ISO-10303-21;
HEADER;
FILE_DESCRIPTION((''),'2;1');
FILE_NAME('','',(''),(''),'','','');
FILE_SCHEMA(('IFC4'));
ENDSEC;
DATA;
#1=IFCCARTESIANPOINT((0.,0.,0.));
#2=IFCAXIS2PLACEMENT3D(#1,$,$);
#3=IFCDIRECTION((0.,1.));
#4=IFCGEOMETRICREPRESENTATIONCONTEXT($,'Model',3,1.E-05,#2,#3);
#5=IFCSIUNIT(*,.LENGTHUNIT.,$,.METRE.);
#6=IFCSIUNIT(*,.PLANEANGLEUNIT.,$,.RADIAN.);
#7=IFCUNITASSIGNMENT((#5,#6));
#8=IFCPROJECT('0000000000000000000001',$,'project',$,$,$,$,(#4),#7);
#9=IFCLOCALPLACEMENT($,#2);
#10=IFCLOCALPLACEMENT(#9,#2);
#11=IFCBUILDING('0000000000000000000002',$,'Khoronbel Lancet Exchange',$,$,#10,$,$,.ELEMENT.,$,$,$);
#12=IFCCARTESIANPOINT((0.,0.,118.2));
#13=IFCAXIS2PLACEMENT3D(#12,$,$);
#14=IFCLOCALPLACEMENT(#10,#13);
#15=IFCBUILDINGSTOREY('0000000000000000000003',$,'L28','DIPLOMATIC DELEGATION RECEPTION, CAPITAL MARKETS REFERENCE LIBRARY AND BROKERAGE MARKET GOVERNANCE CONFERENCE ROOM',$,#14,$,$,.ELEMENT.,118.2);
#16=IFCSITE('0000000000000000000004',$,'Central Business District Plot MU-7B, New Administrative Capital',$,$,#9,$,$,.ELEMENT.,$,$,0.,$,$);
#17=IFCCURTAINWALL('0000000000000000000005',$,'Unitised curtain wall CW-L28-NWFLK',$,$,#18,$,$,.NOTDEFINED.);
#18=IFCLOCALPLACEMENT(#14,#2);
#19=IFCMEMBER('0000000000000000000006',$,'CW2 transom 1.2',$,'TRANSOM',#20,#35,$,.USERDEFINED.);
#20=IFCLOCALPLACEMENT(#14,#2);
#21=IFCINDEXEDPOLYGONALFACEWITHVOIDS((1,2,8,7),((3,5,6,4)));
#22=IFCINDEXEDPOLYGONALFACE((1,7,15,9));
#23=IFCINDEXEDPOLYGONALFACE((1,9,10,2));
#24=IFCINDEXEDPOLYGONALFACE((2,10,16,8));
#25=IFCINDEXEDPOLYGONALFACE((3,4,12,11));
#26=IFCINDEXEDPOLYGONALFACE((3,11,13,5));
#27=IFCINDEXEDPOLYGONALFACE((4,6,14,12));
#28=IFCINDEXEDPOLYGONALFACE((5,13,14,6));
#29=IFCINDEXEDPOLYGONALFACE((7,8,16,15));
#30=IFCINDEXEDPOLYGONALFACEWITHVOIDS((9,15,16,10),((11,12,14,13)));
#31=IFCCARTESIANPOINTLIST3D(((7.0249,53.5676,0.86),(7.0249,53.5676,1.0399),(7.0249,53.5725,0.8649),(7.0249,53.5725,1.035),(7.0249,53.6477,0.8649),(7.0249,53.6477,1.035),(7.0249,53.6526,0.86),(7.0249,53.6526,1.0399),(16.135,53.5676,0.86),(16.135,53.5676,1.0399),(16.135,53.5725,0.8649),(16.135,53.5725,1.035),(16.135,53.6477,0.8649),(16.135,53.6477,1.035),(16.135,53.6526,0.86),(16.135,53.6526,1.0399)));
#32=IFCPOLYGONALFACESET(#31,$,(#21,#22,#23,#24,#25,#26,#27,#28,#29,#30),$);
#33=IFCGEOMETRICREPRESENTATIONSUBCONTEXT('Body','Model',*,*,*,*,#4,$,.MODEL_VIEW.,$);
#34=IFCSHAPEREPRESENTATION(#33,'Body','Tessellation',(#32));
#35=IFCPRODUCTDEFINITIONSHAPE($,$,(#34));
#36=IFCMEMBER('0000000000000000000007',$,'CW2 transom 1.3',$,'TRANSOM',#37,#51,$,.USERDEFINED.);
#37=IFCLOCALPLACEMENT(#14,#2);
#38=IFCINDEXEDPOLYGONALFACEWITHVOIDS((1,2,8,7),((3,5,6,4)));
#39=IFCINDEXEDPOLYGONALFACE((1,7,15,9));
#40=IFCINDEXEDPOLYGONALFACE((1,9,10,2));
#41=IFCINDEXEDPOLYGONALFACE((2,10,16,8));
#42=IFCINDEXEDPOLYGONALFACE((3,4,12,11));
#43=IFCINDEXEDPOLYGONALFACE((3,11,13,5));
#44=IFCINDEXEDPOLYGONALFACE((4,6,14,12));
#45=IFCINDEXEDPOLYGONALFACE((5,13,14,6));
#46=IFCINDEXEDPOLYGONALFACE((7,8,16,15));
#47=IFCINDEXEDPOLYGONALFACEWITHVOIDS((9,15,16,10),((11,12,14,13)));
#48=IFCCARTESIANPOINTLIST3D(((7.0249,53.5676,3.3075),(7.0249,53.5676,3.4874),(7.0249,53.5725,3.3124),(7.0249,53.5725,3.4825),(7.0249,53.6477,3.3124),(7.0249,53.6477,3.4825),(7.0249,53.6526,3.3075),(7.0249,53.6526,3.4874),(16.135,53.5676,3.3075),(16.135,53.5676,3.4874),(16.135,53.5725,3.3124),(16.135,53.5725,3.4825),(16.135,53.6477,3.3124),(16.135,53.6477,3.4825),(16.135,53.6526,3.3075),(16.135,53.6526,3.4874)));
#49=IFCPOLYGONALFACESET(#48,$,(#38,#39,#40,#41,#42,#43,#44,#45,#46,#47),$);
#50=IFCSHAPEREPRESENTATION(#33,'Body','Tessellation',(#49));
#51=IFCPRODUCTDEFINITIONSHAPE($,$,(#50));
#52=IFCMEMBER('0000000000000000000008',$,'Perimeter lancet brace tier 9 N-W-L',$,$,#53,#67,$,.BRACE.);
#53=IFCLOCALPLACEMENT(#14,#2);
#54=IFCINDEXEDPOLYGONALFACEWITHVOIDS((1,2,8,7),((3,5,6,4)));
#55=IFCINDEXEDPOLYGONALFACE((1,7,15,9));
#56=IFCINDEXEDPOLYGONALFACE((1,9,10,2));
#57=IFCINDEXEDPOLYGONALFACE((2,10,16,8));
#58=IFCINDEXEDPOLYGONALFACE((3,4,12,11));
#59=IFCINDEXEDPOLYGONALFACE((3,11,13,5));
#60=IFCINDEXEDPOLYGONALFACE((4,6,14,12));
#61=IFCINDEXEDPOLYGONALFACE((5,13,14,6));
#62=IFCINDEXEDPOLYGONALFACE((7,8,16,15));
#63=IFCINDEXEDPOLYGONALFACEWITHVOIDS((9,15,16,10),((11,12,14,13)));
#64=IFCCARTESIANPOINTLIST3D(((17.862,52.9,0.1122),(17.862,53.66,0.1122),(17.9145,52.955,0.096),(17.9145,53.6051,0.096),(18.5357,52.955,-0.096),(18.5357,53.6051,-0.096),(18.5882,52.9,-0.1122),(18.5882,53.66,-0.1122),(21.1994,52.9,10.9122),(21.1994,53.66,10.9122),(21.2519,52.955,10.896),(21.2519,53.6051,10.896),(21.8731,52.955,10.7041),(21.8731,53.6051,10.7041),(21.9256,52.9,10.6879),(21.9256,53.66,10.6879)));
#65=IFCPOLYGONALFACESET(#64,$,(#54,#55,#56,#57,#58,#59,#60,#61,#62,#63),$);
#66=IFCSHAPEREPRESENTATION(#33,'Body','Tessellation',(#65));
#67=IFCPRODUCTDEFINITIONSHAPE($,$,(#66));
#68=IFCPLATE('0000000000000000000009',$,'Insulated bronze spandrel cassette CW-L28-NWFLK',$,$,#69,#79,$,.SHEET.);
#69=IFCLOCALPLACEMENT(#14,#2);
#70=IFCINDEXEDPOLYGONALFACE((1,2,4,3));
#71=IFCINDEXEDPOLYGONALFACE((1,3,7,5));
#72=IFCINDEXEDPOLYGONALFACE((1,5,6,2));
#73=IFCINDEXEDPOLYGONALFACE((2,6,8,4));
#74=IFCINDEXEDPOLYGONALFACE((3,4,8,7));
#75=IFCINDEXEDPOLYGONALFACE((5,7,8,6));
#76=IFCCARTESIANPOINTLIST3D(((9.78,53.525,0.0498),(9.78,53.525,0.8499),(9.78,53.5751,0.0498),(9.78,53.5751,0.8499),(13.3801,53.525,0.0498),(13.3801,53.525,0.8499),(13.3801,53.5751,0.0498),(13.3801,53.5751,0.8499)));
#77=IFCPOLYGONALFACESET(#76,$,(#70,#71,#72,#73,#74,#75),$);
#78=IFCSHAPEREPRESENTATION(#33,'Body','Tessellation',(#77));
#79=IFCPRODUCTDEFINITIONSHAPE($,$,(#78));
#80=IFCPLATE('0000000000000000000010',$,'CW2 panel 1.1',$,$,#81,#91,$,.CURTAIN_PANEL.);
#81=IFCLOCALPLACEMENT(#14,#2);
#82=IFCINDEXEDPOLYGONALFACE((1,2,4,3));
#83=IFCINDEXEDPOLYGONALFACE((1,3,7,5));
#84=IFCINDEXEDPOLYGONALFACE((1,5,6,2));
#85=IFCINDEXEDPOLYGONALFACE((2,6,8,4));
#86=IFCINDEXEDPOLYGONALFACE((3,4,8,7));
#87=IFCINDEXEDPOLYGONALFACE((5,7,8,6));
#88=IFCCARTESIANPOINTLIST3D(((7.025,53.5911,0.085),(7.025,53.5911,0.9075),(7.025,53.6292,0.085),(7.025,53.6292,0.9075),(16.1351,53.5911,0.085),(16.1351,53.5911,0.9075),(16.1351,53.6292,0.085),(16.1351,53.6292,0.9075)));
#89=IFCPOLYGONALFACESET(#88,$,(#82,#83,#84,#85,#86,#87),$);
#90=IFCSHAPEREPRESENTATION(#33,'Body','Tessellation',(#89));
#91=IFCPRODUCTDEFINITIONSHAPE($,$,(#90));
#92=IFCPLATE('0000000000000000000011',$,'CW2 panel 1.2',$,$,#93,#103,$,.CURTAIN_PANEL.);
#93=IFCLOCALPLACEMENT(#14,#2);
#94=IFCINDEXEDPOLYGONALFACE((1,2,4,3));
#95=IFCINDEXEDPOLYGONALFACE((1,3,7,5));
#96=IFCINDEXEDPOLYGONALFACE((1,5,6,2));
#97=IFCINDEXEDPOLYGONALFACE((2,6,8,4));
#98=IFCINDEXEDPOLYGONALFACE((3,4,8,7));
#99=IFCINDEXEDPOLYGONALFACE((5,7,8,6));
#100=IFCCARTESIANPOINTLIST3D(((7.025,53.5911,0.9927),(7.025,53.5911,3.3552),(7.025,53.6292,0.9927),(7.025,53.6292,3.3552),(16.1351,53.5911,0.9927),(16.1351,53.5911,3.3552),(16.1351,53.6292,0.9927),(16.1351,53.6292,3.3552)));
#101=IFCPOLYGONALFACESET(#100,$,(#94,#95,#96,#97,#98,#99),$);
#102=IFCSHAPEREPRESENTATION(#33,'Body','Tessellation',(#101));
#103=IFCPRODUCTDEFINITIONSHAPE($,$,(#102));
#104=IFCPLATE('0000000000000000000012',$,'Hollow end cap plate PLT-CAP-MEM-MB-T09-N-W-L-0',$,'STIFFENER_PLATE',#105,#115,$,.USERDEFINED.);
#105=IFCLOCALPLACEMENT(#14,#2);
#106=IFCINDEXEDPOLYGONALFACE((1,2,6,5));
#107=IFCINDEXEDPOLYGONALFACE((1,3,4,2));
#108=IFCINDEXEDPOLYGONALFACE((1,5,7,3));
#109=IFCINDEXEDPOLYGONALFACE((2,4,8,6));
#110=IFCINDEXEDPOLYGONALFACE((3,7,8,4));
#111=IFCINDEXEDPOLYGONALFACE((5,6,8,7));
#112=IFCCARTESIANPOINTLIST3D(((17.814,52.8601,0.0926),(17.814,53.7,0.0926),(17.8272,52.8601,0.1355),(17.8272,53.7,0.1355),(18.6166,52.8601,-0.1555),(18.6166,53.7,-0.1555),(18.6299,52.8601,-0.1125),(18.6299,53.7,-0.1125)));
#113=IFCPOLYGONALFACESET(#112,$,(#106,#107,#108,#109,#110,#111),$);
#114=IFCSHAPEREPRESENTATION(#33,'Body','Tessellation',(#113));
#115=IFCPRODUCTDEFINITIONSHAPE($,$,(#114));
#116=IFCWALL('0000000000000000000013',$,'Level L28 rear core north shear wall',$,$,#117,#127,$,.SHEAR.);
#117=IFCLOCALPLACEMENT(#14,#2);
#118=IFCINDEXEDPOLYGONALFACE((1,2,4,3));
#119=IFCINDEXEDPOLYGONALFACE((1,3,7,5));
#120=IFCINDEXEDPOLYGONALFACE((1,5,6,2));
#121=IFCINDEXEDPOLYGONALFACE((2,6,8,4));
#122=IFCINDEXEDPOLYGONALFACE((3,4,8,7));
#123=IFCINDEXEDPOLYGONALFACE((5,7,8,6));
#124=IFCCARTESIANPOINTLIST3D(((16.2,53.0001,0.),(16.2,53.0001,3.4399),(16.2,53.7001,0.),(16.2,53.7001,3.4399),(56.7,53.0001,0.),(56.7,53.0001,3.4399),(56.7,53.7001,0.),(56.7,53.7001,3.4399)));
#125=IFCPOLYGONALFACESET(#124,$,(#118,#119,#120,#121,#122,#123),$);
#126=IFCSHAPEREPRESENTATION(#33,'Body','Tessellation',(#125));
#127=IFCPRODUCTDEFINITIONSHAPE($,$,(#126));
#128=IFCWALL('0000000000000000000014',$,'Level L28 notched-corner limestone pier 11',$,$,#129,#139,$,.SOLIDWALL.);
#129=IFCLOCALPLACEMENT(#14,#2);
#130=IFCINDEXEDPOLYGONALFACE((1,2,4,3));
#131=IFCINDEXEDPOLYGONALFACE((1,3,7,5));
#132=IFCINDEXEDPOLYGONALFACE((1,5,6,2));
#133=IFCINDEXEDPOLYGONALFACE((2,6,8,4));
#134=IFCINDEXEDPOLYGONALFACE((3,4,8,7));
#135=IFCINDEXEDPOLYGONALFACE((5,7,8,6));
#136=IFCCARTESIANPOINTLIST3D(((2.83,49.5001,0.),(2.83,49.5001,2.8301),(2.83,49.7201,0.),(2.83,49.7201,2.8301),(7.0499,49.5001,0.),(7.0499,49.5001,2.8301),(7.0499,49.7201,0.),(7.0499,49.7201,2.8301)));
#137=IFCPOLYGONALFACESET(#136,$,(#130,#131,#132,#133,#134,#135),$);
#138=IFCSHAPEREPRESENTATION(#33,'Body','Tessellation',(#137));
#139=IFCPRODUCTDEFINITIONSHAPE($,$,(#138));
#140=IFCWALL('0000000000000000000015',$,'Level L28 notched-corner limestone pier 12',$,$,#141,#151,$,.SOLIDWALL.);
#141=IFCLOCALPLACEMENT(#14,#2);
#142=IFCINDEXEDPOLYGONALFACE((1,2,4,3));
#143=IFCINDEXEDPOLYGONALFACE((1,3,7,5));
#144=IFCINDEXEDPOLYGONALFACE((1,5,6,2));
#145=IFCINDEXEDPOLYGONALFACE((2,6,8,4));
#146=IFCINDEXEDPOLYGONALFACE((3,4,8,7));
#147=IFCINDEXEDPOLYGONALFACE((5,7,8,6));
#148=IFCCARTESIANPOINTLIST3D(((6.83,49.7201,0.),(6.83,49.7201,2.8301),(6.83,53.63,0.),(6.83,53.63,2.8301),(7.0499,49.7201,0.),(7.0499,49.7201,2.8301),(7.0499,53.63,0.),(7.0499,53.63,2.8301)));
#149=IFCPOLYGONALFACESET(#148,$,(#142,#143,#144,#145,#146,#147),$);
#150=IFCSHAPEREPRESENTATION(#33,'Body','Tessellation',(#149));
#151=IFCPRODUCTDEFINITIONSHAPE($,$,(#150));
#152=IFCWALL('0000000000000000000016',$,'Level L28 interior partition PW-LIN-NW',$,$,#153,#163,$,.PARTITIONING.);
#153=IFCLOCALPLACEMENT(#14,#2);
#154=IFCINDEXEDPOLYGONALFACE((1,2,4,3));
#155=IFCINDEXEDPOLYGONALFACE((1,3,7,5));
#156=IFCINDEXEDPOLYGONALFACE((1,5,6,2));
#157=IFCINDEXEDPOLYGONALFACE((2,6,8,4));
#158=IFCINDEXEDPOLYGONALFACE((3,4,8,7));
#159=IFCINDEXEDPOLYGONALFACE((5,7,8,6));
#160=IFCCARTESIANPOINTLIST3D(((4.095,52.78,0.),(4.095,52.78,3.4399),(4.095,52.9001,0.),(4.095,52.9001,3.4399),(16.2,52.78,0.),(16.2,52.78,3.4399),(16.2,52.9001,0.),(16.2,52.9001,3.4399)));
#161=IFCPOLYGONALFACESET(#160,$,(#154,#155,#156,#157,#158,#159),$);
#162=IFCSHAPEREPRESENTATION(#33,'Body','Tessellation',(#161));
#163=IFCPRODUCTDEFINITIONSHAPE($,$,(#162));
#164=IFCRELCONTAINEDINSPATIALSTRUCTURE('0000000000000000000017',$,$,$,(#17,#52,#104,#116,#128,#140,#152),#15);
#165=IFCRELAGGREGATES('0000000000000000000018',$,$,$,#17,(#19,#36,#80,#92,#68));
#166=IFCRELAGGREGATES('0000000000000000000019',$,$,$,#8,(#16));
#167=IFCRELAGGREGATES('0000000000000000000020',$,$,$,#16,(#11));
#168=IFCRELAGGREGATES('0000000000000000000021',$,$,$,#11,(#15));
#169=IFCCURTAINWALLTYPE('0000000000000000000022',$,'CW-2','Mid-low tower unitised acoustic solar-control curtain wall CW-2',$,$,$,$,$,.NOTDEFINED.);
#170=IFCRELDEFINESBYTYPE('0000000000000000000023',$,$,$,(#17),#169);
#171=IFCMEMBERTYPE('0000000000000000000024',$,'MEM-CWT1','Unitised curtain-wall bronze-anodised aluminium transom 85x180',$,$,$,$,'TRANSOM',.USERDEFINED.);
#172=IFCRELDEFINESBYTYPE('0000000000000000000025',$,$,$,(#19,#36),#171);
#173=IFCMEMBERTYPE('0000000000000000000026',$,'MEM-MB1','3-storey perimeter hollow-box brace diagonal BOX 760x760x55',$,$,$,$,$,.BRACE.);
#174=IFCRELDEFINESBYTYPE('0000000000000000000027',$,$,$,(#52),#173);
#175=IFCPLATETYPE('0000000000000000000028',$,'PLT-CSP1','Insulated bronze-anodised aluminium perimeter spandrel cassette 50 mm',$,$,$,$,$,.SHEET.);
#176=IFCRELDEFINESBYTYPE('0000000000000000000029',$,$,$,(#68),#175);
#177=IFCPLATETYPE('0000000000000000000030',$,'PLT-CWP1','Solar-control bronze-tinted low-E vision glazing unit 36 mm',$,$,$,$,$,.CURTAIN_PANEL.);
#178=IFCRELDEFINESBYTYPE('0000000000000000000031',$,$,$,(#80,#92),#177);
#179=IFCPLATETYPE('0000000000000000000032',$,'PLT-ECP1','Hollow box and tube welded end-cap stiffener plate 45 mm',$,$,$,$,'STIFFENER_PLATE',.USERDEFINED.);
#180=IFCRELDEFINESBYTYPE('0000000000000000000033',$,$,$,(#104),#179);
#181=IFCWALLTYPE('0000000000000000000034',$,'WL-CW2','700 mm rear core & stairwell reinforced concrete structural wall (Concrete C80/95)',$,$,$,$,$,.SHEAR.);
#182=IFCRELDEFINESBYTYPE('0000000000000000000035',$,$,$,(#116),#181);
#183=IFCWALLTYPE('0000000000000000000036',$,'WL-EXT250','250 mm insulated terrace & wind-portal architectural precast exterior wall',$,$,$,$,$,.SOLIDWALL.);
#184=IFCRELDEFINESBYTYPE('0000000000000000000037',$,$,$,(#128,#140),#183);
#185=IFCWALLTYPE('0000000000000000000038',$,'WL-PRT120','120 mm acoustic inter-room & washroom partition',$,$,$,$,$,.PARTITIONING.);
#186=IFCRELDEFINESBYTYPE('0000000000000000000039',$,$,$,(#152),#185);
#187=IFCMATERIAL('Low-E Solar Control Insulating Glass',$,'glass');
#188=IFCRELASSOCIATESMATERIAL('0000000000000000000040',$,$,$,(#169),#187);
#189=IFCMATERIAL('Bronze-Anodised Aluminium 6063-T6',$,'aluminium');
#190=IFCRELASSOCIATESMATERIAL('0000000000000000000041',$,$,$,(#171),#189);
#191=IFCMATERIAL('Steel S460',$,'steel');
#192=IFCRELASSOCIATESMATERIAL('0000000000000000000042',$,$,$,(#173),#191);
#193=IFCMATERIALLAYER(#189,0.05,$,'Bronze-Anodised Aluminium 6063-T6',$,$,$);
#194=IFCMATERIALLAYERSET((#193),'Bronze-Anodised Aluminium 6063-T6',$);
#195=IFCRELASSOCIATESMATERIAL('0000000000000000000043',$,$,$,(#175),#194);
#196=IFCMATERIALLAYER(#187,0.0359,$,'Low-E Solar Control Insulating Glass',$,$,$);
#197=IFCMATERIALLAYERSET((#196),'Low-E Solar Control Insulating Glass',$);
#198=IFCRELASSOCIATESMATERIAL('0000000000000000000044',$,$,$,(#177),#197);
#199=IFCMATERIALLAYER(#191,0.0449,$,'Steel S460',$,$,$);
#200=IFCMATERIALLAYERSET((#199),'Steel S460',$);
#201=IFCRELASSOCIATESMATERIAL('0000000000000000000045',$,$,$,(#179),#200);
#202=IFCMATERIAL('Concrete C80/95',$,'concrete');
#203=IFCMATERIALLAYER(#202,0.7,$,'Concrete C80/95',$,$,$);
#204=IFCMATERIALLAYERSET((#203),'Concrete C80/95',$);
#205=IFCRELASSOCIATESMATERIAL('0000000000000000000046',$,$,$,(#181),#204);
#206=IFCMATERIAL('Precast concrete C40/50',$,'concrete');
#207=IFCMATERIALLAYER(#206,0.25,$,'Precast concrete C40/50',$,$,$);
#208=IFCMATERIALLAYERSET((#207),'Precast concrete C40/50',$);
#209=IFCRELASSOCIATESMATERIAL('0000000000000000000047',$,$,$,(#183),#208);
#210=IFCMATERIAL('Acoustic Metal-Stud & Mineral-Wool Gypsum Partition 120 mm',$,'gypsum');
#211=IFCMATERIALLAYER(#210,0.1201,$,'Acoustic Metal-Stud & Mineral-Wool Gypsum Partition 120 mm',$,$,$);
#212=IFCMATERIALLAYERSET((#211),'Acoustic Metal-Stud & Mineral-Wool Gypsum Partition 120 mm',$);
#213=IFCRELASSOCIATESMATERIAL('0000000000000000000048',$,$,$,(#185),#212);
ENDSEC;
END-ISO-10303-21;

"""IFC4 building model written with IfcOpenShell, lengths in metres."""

from ifc_helpers import new_model, si_unit, direction, frame, frame_2d, origin, origin_2d, place, context, subcontext, project, spatial, polyline, rectangle, hollow_rectangle, outline, extrude, material, layer, layer_set, material_profile, profile_set, type_object, element, aggregate, save


model = new_model("IFC4")

# Units and contexts
model_context = context("Model", 3, precision=1e-05, world=origin(), true_north=direction((0.0, 1.0)))
body_context = subcontext(model_context, "Body", "Model", "MODEL_VIEW")
ifc_project = project(units=[si_unit("LENGTHUNIT", "METRE"), si_unit("PLANEANGLEUNIT", "RADIAN")], contexts=[model_context])

# Site, building, storey
site_placement = place(None, origin())
site = spatial("IfcSite", under=ifc_project, at=site_placement, Name="Central Business District Plot MU-7B, New Administrative Capital", CompositionType="ELEMENT", RefElevation=0.0)
building_placement = place(site_placement, origin())
building = spatial("IfcBuilding", under=site, at=building_placement, Name="Khoronbel Lancet Exchange", CompositionType="ELEMENT")
storey_placement = place(building_placement, frame((0.0, 0.0, 118.2)))
storey = spatial("IfcBuildingStorey", under=building, at=storey_placement, Name="L28", Description="DIPLOMATIC DELEGATION RECEPTION, CAPITAL MARKETS REFERENCE LIBRARY AND BROKERAGE MARKET GOVERNANCE CONFERENCE ROOM", CompositionType="ELEMENT", Elevation=118.2)

# Shared definitions
ifc_material_1 = material(Name="Steel S460", Category="steel")

# Curtain wall, members
ifc_material_2 = material(Name="Low-E Solar Control Insulating Glass", Category="glass")
curtain_wall_type = type_object("IfcCurtainWallType", Name="CW-2", Description="Mid-low tower unitised acoustic solar-control curtain wall CW-2", PredefinedType="NOTDEFINED", material=ifc_material_2)
curtain_wall_placement = place(storey_placement, origin())
curtain_wall = element("IfcCurtainWall", 1, at=curtain_wall_placement, inside=storey, type_object=curtain_wall_type, Name="Unitised curtain wall CW-L28-NWFLK", PredefinedType="NOTDEFINED")
ifc_material_3 = material(Name="Bronze-Anodised Aluminium 6063-T6", Category="aluminium")
ifc_material_profile_1 = material_profile(ifc_material_3, hollow_rectangle(XDim=0.085, YDim=0.1799, WallThickness=0.0049, at=origin_2d()), Name="ALU TRANSOM 85x180")
ifc_profile_set_1 = profile_set([ifc_material_profile_1], Name="Bronze-Anodised Aluminium 6063-T6")
member_type_1 = type_object("IfcMemberType", Name="MEM-CWT1", Description="Unitised curtain-wall bronze-anodised aluminium transom 85x180", ElementType="TRANSOM", PredefinedType="USERDEFINED", material=ifc_profile_set_1)
member_1_placement = place(storey_placement, frame((16.135, 53.6101, 0.95), z_axis=(-1.0, 0.0, 0.0), x_axis=(0.0, -1.0, 0.0)))
member_1 = element("IfcMember", 2, at=member_1_placement, type_object=member_type_1, Name="CW2 transom 1.2", ObjectType="TRANSOM", PredefinedType="USERDEFINED", context=body_context, shape_type="SweptSolid", body=[
    extrude(hollow_rectangle(XDim=0.085, YDim=0.1799, WallThickness=0.0049, at=origin_2d()), origin(), (0.0, 0.0, 1.0), 9.1101),
])
member_2_placement = place(storey_placement, frame((16.135, 53.6101, 3.3975), z_axis=(-1.0, 0.0, 0.0), x_axis=(0.0, -1.0, 0.0)))
member_2 = element("IfcMember", 3, at=member_2_placement, type_object=member_type_1, Name="CW2 transom 1.3", ObjectType="TRANSOM", PredefinedType="USERDEFINED", context=body_context, shape_type="SweptSolid", body=[
    extrude(hollow_rectangle(XDim=0.085, YDim=0.1799, WallThickness=0.0049, at=origin_2d()), origin(), (0.0, 0.0, 1.0), 9.1101),
])

# Member
ifc_material_profile_2 = material_profile(ifc_material_1, hollow_rectangle(XDim=0.76, YDim=0.76, WallThickness=0.0549, at=origin_2d()), Name="BOX 760x760x55")
ifc_profile_set_2 = profile_set([ifc_material_profile_2], Name="Steel S460")
member_type_2 = type_object("IfcMemberType", Name="MEM-MB1", Description="3-storey perimeter hollow-box brace diagonal BOX 760x760x55", PredefinedType="BRACE", material=ifc_profile_set_2)
member_3_placement = place(storey_placement, frame((18.2251, 53.28, 0.0), z_axis=(0.295242, 0.0, 0.955422), x_axis=(0.0, 1.0, 0.0)))
element("IfcMember", 4, at=member_3_placement, inside=storey, type_object=member_type_2, Name="Perimeter lancet brace tier 9 N-W-L", PredefinedType="BRACE", context=body_context, shape_type="SweptSolid", body=[
    extrude(hollow_rectangle(XDim=0.76, YDim=0.76, WallThickness=0.0549, at=origin_2d()), origin(), (0.0, 0.0, 1.0), 11.304),
])

# Plates
ifc_layer_1 = layer(ifc_material_3, 0.05, Name="Bronze-Anodised Aluminium 6063-T6")
ifc_layer_set_1 = layer_set([ifc_layer_1], Name="Bronze-Anodised Aluminium 6063-T6")
plate_type_1 = type_object("IfcPlateType", Name="PLT-CSP1", Description="Insulated bronze-anodised aluminium perimeter spandrel cassette 50 mm", PredefinedType="SHEET", material=ifc_layer_set_1)
plate_1_placement = place(storey_placement, frame((11.5801, 53.55, 0.0498), z_axis=(0.0, 0.0, 1.0), x_axis=(-1.0, 0.0, 0.0)))
plate_1 = element("IfcPlate", 5, at=plate_1_placement, type_object=plate_type_1, Name="Insulated bronze spandrel cassette CW-L28-NWFLK", PredefinedType="SHEET", context=body_context, shape_type="SweptSolid", body=[
    extrude(rectangle(XDim=3.6001, YDim=0.05, at=origin_2d()), origin(), (0.0, 0.0, 1.0), 0.8),
])
ifc_layer_2 = layer(ifc_material_2, 0.0359, Name="Low-E Solar Control Insulating Glass")
ifc_layer_set_2 = layer_set([ifc_layer_2], Name="Low-E Solar Control Insulating Glass")
plate_type_2 = type_object("IfcPlateType", Name="PLT-CWP1", Description="Solar-control bronze-tinted low-E vision glazing unit 36 mm", PredefinedType="CURTAIN_PANEL", material=ifc_layer_set_2)
plate_2_placement = place(storey_placement, frame((11.5801, 53.6101, 0.085), z_axis=(0.0, 0.0, 1.0), x_axis=(-1.0, 0.0, 0.0)))
plate_2 = element("IfcPlate", 6, at=plate_2_placement, type_object=plate_type_2, Name="CW2 panel 1.1", PredefinedType="CURTAIN_PANEL", context=body_context, shape_type="SweptSolid", body=[
    extrude(rectangle(XDim=9.1101, YDim=0.0381, at=origin_2d()), origin(), (0.0, 0.0, 1.0), 0.8225),
])
plate_3_placement = place(storey_placement, frame((11.5801, 53.6101, 0.9927), z_axis=(0.0, 0.0, 1.0), x_axis=(-1.0, 0.0, 0.0)))
plate_3 = element("IfcPlate", 7, at=plate_3_placement, type_object=plate_type_2, Name="CW2 panel 1.2", PredefinedType="CURTAIN_PANEL", context=body_context, shape_type="SweptSolid", body=[
    extrude(rectangle(XDim=9.1101, YDim=0.0381, at=origin_2d()), origin(), (0.0, 0.0, 1.0), 2.3625),
])
aggregate(curtain_wall, [member_1, member_2, plate_2, plate_3, plate_1])
ifc_layer_3 = layer(ifc_material_1, 0.0449, Name="Steel S460")
ifc_layer_set_3 = layer_set([ifc_layer_3], Name="Steel S460")
plate_type_3 = type_object("IfcPlateType", Name="PLT-ECP1", Description="Hollow box and tube welded end-cap stiffener plate 45 mm", ElementType="STIFFENER_PLATE", PredefinedType="USERDEFINED", material=ifc_layer_set_3)
plate_4_placement = place(storey_placement, frame((18.6299, 52.8601, -0.1125), z_axis=(0.295229, 0.0, 0.955426), x_axis=(0.0, 1.0, 0.0)))
element("IfcPlate", 8, at=plate_4_placement, inside=storey, type_object=plate_type_3, Name="Hollow end cap plate PLT-CAP-MEM-MB-T09-N-W-L-0", ObjectType="STIFFENER_PLATE", PredefinedType="USERDEFINED", context=body_context, shape_type="SweptSolid", body=[
    extrude(outline(polyline([(0.0, 0.0), (0.8398, 0.0), (0.8398, 0.8401), (0.0, 0.8401), (0.0, 0.0)])), origin(), (0.0, 0.0, -1.0), 0.0449),
])

# Walls
ifc_material_4 = material(Name="Concrete C80/95", Category="concrete")
ifc_layer_4 = layer(ifc_material_4, 0.7, Name="Concrete C80/95")
ifc_layer_set_4 = layer_set([ifc_layer_4], Name="Concrete C80/95")
wall_type_1 = type_object("IfcWallType", Name="WL-CW2", Description="700 mm rear core & stairwell reinforced concrete structural wall (Concrete C80/95)", PredefinedType="SHEAR", material=ifc_layer_set_4)
wall_1_placement = place(storey_placement, frame((16.2, 53.3501, 0.0), z_axis=(0.0, 0.0, 1.0), x_axis=(1.0, 0.0, 0.0)))
element("IfcWall", 9, at=wall_1_placement, inside=storey, type_object=wall_type_1, Name="Level L28 rear core north shear wall", PredefinedType="SHEAR", context=body_context, shape_type="SweptSolid", body=[
    extrude(rectangle(XDim=40.5, YDim=0.7, at=frame_2d((20.25, 0.0))), origin(), (0.0, 0.0, 1.0), 3.4399),
])
ifc_material_5 = material(Name="Precast concrete C40/50", Category="concrete")
ifc_layer_5 = layer(ifc_material_5, 0.25, Name="Precast concrete C40/50")
ifc_layer_set_5 = layer_set([ifc_layer_5], Name="Precast concrete C40/50")
wall_type_2 = type_object("IfcWallType", Name="WL-EXT250", Description="250 mm insulated terrace & wind-portal architectural precast exterior wall", PredefinedType="SOLIDWALL", material=ifc_layer_set_5)
wall_2_placement = place(storey_placement, frame((2.8301, 49.6101, 0.0), z_axis=(0.0, 0.0, 1.0), x_axis=(1.0, 0.0, 0.0)))
element("IfcWall", 10, at=wall_2_placement, inside=storey, type_object=wall_type_2, Name="Level L28 notched-corner limestone pier 11", PredefinedType="SOLIDWALL", context=body_context, shape_type="SweptSolid", body=[
    extrude(rectangle(XDim=4.22, YDim=0.22, at=frame_2d((2.1099, 0.0))), origin(), (0.0, 0.0, 1.0), 2.8301),
])
wall_3_placement = place(storey_placement, frame((6.9399, 49.72, 0.0), z_axis=(0.0, 0.0, 1.0), x_axis=(0.0, 1.0, 0.0)))
element("IfcWall", 11, at=wall_3_placement, inside=storey, type_object=wall_type_2, Name="Level L28 notched-corner limestone pier 12", PredefinedType="SOLIDWALL", context=body_context, shape_type="SweptSolid", body=[
    extrude(rectangle(XDim=3.9099, YDim=0.22, at=frame_2d((1.9551, 0.0))), origin(), (0.0, 0.0, 1.0), 2.8301),
])
ifc_material_6 = material(Name="Acoustic Metal-Stud & Mineral-Wool Gypsum Partition 120 mm", Category="gypsum")
ifc_layer_6 = layer(ifc_material_6, 0.1201, Name="Acoustic Metal-Stud & Mineral-Wool Gypsum Partition 120 mm")
ifc_layer_set_6 = layer_set([ifc_layer_6], Name="Acoustic Metal-Stud & Mineral-Wool Gypsum Partition 120 mm")
wall_type_3 = type_object("IfcWallType", Name="WL-PRT120", Description="120 mm acoustic inter-room & washroom partition", PredefinedType="PARTITIONING", material=ifc_layer_set_6)
wall_4_placement = place(storey_placement, frame((4.095, 52.8401, 0.0), z_axis=(0.0, 0.0, 1.0), x_axis=(1.0, 0.0, 0.0)))
element("IfcWall", 12, at=wall_4_placement, inside=storey, type_object=wall_type_3, Name="Level L28 interior partition PW-LIN-NW", PredefinedType="PARTITIONING", context=body_context, shape_type="SweptSolid", body=[
    extrude(rectangle(XDim=12.105, YDim=0.1201, at=frame_2d((6.0525, 0.0))), origin(), (0.0, 0.0, 1.0), 3.4399),
])

save(model, "model.ifc")
